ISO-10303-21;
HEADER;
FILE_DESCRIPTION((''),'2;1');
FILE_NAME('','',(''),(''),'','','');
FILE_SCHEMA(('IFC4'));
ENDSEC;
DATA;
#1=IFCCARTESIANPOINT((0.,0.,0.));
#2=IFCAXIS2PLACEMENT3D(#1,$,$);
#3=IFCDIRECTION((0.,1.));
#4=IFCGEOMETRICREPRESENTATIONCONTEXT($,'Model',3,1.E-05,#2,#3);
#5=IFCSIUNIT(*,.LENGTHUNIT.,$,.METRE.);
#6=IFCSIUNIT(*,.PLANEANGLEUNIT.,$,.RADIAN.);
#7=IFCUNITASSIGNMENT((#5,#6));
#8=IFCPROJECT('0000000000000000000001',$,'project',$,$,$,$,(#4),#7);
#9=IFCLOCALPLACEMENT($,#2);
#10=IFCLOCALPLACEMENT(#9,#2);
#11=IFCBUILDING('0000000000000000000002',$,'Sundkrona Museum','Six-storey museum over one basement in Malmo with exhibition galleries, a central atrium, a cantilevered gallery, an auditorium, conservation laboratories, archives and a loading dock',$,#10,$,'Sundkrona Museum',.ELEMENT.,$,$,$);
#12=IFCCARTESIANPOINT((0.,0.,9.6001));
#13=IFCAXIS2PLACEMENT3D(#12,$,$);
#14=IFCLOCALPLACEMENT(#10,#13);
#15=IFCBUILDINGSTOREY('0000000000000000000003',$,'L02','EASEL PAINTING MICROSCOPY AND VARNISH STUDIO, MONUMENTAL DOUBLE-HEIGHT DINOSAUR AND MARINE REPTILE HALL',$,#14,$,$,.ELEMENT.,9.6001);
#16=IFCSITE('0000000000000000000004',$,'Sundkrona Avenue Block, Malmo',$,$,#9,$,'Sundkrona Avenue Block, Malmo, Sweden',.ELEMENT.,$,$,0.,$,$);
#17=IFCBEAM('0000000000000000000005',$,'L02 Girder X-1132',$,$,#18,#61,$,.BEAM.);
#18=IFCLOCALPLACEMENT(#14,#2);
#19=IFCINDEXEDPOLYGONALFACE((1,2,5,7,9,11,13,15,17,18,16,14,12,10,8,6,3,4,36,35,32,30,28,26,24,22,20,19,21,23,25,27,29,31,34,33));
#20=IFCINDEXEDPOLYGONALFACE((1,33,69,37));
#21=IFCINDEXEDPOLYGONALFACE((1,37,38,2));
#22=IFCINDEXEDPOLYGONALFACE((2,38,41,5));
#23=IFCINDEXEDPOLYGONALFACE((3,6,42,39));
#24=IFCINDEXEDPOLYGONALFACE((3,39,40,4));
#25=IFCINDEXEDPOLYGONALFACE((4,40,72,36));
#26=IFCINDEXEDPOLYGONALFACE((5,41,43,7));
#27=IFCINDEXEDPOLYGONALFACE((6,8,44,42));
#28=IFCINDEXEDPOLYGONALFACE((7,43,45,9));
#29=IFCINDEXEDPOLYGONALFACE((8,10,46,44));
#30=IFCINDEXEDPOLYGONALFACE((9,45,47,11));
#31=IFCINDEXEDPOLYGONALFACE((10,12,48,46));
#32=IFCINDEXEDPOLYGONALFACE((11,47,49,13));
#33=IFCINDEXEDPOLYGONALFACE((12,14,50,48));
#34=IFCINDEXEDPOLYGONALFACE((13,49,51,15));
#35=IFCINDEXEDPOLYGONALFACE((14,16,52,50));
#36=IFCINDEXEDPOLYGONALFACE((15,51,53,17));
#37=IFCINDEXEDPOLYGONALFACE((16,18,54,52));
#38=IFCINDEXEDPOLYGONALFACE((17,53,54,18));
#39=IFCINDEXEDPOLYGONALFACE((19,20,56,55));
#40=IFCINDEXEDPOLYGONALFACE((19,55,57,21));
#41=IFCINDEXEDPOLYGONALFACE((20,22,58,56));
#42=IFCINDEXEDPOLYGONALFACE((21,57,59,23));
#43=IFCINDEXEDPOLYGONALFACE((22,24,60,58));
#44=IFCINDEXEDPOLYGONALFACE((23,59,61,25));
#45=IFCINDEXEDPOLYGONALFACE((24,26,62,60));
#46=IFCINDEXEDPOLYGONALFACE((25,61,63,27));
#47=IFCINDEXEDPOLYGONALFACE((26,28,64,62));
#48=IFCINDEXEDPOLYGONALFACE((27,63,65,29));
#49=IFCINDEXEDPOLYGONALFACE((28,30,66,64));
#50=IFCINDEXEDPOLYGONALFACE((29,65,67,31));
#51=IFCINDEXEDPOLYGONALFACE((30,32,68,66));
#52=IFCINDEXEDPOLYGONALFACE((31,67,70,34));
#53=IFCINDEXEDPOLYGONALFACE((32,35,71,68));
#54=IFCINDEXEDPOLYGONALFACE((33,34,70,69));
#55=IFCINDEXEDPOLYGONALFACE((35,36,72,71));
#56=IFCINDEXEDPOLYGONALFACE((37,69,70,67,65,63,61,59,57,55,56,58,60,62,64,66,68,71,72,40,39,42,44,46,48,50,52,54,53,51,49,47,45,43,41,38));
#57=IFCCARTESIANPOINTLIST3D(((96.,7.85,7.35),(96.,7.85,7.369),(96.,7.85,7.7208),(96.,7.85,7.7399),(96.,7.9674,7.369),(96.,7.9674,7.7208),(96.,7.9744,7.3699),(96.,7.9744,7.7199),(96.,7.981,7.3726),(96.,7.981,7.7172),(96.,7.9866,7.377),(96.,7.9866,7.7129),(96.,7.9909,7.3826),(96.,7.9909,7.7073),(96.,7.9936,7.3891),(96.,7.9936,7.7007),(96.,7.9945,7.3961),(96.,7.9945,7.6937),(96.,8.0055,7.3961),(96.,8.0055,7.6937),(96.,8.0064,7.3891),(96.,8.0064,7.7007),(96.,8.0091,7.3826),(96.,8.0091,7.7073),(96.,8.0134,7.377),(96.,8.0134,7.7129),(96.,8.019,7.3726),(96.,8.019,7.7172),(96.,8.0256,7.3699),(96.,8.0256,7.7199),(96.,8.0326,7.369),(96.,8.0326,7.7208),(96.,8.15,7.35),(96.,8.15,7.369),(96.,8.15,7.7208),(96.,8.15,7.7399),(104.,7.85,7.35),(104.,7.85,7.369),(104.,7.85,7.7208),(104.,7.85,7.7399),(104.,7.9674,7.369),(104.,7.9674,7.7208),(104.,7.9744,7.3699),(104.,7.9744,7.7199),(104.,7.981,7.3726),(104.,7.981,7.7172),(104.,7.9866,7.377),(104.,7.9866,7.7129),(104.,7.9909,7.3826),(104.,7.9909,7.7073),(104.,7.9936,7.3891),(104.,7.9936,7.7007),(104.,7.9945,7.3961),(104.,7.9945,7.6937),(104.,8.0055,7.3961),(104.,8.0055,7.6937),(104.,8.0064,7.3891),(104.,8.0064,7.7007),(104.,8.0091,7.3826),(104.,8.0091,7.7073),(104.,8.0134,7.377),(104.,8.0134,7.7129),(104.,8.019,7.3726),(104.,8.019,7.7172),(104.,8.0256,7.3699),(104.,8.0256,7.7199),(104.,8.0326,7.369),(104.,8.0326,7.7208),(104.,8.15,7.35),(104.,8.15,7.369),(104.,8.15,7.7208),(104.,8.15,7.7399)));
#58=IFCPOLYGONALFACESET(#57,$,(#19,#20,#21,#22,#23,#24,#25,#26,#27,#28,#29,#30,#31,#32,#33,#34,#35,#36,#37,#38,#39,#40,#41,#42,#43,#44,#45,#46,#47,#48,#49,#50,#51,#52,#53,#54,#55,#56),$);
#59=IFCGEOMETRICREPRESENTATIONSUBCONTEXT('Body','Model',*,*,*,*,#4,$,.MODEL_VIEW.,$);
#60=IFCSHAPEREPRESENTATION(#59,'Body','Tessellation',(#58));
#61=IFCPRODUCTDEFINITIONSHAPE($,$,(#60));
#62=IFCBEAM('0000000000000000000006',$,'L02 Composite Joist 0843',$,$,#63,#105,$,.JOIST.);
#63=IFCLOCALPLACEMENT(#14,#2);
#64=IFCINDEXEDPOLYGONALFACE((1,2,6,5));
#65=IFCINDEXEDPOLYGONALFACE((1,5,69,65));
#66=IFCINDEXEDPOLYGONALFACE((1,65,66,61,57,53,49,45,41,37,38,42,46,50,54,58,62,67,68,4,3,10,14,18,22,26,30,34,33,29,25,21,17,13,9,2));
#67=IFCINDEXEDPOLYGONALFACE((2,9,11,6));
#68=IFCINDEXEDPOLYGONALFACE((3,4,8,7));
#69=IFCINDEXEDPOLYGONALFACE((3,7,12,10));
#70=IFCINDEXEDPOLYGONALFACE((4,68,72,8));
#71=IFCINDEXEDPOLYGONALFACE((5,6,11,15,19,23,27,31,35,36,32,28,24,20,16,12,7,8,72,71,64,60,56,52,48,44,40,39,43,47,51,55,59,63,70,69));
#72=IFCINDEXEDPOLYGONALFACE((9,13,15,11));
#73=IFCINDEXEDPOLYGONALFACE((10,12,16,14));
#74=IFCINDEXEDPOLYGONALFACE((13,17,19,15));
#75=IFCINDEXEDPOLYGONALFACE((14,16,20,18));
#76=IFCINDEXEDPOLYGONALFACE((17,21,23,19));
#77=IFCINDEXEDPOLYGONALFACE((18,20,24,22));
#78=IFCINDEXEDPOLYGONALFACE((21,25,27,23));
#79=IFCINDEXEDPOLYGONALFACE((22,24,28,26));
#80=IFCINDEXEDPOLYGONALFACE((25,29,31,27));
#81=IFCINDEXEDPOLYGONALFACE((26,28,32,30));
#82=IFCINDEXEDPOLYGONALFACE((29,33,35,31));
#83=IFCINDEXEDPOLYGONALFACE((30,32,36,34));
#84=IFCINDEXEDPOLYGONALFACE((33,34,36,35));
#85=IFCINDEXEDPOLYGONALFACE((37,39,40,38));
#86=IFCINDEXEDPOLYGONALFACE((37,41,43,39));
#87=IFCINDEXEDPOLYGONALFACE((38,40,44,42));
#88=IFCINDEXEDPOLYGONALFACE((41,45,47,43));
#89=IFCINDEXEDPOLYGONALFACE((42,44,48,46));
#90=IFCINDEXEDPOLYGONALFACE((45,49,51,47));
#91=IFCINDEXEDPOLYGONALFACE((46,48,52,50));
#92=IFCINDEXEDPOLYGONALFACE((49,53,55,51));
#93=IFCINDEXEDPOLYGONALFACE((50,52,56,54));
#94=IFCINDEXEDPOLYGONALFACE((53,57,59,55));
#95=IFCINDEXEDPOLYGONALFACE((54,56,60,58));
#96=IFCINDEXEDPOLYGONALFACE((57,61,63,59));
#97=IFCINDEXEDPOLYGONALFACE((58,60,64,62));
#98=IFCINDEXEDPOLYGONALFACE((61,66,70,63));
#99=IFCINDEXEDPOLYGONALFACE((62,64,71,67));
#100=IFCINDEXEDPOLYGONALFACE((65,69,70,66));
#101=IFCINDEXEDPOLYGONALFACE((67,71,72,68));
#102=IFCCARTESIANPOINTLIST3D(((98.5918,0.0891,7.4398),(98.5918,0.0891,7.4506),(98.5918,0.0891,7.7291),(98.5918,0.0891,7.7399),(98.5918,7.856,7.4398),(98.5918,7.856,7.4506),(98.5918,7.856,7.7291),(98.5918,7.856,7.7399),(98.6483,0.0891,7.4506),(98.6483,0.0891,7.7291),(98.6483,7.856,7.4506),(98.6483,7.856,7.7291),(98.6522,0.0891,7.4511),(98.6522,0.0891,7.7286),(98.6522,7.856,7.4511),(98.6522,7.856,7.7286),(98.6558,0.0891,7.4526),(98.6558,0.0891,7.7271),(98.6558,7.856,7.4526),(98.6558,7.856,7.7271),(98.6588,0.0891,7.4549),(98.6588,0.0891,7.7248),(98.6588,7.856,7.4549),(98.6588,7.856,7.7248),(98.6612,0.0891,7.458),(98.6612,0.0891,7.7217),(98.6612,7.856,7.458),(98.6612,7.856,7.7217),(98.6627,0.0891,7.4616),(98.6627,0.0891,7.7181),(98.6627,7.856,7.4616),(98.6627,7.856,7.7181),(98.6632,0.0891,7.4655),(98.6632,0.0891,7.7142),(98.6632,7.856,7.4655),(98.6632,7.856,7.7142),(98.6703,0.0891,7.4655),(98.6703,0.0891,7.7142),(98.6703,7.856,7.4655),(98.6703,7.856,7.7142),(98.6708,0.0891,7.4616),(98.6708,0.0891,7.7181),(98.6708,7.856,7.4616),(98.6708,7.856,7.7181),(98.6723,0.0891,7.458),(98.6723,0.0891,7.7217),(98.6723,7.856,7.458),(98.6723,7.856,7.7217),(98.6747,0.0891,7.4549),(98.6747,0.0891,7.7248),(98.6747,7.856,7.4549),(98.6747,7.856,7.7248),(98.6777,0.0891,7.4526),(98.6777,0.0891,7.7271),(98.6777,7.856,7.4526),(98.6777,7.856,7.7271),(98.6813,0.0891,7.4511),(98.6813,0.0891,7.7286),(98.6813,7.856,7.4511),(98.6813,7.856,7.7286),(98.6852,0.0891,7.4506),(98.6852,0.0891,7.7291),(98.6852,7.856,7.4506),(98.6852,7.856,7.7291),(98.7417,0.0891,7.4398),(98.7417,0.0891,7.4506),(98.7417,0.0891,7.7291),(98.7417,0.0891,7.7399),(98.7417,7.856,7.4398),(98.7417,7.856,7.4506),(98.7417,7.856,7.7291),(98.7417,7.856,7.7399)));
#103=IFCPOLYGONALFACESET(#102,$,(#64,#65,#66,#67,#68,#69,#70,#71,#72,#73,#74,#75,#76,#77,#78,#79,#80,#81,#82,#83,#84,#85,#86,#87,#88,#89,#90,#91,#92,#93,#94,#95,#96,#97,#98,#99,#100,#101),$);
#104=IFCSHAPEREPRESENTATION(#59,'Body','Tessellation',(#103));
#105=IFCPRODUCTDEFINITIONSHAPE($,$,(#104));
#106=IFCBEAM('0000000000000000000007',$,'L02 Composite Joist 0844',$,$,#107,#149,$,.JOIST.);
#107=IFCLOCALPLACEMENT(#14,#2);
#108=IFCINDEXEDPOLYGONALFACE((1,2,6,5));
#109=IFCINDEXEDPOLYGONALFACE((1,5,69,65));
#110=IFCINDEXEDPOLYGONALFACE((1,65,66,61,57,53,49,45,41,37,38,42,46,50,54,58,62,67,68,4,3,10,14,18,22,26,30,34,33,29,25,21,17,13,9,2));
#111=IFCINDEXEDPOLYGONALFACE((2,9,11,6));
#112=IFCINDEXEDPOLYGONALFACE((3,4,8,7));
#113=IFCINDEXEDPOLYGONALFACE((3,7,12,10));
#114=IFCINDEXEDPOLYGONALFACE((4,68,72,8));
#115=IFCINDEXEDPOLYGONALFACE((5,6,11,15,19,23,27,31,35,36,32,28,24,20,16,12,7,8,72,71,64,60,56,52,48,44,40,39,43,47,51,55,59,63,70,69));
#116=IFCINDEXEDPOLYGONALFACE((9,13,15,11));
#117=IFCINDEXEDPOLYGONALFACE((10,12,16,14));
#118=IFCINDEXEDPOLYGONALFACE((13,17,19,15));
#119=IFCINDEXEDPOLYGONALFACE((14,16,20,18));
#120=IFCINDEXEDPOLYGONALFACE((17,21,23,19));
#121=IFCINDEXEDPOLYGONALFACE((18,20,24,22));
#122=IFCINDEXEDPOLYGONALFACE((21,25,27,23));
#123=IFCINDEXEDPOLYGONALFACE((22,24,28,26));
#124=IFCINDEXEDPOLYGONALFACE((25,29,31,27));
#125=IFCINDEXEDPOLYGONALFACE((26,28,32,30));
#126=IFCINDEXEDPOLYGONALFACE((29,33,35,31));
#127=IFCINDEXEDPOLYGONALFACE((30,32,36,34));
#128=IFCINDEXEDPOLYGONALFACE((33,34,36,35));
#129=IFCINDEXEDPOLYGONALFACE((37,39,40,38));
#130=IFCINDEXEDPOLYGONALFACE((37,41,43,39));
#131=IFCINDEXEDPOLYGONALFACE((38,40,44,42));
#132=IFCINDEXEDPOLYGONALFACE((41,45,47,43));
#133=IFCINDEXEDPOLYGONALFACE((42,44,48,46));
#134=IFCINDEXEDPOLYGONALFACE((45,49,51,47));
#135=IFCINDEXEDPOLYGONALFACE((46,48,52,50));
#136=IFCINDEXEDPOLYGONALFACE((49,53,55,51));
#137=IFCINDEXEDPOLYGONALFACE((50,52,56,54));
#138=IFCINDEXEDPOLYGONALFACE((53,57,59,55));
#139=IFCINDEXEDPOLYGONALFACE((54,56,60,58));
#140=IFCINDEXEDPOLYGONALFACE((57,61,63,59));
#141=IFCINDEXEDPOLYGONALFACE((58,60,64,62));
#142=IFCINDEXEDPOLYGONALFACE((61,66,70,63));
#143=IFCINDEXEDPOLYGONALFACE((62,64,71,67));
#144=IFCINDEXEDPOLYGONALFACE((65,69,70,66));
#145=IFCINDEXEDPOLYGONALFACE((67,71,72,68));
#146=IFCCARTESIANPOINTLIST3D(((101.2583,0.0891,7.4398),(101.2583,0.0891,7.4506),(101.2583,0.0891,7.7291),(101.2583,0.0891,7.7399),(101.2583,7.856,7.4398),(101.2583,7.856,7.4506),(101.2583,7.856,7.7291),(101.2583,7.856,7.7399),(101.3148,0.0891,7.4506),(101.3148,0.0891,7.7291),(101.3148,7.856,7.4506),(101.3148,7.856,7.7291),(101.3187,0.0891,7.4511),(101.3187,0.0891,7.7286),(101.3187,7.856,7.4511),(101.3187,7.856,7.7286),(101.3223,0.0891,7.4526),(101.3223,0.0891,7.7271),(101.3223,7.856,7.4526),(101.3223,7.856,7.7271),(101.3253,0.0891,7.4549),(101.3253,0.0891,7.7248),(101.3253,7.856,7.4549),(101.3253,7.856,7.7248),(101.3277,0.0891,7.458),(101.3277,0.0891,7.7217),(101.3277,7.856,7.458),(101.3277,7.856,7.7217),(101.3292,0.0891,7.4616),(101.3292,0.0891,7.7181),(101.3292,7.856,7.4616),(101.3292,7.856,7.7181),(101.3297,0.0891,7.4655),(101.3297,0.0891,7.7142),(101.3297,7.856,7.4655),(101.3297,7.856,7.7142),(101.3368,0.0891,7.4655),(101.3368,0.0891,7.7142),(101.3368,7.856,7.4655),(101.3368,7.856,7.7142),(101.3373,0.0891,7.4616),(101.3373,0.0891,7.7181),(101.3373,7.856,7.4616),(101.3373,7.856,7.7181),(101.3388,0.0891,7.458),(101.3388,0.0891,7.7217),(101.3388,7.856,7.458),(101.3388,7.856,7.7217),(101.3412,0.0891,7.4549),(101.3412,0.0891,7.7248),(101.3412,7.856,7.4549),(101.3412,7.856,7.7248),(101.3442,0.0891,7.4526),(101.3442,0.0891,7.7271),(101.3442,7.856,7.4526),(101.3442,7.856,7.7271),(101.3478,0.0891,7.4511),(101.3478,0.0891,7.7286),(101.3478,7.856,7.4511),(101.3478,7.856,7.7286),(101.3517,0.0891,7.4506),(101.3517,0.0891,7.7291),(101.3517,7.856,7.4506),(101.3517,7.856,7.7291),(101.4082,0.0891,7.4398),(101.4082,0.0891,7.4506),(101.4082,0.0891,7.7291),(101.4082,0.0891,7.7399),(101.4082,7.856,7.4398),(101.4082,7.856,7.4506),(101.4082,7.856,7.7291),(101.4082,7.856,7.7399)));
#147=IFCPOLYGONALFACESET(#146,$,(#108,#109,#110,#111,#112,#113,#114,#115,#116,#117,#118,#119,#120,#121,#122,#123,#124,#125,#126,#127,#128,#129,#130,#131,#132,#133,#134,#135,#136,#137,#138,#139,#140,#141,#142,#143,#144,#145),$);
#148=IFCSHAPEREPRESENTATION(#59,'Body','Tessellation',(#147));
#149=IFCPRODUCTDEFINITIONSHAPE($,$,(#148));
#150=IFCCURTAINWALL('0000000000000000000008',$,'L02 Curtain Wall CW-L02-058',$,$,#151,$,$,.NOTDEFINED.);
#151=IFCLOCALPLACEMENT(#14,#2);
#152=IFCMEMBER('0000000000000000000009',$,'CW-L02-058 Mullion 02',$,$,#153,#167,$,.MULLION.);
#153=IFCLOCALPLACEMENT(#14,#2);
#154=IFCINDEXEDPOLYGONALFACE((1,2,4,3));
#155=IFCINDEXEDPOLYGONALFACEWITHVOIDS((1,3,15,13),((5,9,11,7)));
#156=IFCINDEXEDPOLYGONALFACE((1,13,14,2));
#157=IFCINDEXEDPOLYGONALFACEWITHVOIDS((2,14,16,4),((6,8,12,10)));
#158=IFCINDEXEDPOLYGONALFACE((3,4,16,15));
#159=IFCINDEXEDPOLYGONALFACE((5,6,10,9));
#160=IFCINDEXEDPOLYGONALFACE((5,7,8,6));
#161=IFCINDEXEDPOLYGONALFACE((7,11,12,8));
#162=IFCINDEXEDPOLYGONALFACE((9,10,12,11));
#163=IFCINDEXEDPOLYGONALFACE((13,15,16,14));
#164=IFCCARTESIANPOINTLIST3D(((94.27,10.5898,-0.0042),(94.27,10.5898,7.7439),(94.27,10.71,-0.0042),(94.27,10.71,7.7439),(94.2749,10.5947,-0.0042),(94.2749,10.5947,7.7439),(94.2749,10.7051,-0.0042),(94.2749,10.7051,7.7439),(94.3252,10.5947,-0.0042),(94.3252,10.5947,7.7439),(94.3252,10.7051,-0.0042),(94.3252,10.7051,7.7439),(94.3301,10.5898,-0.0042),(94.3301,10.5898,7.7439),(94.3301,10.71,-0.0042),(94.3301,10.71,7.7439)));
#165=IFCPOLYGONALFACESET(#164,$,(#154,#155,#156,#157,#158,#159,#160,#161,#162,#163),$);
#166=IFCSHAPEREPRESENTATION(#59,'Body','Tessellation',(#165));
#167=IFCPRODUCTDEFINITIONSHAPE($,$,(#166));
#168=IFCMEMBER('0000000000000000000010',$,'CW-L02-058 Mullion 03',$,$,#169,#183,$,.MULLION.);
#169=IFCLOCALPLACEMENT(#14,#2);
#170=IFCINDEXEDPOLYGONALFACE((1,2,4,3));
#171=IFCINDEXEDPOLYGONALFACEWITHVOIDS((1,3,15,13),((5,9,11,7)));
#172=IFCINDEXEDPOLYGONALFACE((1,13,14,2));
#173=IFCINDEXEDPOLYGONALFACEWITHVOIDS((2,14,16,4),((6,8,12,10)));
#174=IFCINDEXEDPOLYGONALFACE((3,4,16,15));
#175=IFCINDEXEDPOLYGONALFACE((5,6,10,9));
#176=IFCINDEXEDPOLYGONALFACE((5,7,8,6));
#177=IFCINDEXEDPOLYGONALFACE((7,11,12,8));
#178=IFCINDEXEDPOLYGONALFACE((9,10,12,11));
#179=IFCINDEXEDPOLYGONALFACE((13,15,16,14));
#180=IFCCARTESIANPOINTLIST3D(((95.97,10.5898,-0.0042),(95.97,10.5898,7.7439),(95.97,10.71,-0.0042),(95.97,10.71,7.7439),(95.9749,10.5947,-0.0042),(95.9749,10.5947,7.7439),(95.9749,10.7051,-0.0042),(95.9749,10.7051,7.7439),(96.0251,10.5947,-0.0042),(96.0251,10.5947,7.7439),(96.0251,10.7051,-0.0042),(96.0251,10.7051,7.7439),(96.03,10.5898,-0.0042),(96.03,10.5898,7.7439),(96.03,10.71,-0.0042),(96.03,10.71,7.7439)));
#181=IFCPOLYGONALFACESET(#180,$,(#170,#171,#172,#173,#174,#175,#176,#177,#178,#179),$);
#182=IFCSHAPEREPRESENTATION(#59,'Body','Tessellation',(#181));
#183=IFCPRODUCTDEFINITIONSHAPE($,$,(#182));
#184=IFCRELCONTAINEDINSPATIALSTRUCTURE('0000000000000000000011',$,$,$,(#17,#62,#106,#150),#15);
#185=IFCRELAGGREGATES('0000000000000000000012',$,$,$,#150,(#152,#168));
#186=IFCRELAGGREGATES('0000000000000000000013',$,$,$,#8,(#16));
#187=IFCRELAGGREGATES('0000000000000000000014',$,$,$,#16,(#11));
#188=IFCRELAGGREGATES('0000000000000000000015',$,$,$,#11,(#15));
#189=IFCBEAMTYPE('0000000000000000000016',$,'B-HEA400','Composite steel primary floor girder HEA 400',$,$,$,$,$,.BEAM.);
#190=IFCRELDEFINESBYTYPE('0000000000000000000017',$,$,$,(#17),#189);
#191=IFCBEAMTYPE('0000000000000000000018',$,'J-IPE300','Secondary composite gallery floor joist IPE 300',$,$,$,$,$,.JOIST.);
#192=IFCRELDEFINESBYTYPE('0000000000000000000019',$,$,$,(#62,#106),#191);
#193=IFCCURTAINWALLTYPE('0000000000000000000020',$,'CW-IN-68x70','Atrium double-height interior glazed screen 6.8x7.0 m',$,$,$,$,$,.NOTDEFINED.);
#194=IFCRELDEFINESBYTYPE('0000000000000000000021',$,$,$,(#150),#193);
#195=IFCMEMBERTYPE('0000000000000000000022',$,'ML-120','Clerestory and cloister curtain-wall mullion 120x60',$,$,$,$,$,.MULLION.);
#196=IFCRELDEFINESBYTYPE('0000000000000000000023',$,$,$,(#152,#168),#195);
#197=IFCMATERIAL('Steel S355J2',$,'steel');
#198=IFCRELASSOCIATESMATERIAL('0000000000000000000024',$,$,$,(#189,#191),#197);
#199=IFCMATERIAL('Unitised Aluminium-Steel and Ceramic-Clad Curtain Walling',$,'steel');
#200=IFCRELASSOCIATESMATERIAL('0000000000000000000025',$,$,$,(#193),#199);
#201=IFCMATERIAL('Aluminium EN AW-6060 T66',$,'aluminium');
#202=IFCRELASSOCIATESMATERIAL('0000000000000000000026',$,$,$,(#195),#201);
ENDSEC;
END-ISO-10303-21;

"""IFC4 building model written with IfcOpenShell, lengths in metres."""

from ifc_helpers import new_model, si_unit, direction, frame, origin, origin_2d, place, context, subcontext, project, spatial, hollow_rectangle, i_section, extrude, material, material_profile, profile_set, type_object, element, aggregate, save


model = new_model("IFC4")

# Units and contexts
model_context = context("Model", 3, precision=1e-05, world=origin(), true_north=direction((0.0, 1.0)))
body_context = subcontext(model_context, "Body", "Model", "MODEL_VIEW")
ifc_project = project(units=[si_unit("LENGTHUNIT", "METRE"), si_unit("PLANEANGLEUNIT", "RADIAN")], contexts=[model_context])

# Site, building, storey
site_placement = place(None, origin())
site = spatial("IfcSite", under=ifc_project, at=site_placement, Name="Sundkrona Avenue Block, Malmo", LongName="Sundkrona Avenue Block, Malmo, Sweden", CompositionType="ELEMENT", RefElevation=0.0)
building_placement = place(site_placement, origin())
building = spatial("IfcBuilding", under=site, at=building_placement, Name="Sundkrona Museum", Description="Six-storey museum over one basement in Malmo with exhibition galleries, a central atrium, a cantilevered gallery, an auditorium, conservation laboratories, archives and a loading dock", LongName="Sundkrona Museum", CompositionType="ELEMENT")
storey_placement = place(building_placement, frame((0.0, 0.0, 9.6001)))
storey = spatial("IfcBuildingStorey", under=building, at=storey_placement, Name="L02", Description="EASEL PAINTING MICROSCOPY AND VARNISH STUDIO, MONUMENTAL DOUBLE-HEIGHT DINOSAUR AND MARINE REPTILE HALL", CompositionType="ELEMENT", Elevation=9.6001)

# Shared definitions
ifc_material_1 = material(Name="Steel S355J2", Category="steel")

# Beams
ifc_material_profile_1 = material_profile(ifc_material_1, i_section(OverallWidth=0.3, OverallDepth=0.3899, WebThickness=0.011, FlangeThickness=0.019, FilletRadius=0.0271, at=origin_2d()), Name="HEA 400")
ifc_profile_set_1 = profile_set([ifc_material_profile_1], Name="Steel S355J2")
beam_type_1 = type_object("IfcBeamType", Name="B-HEA400", Description="Composite steel primary floor girder HEA 400", PredefinedType="BEAM", material=ifc_profile_set_1)
beam_placement = place(storey_placement, frame((96.0, 8.0, 7.5449), z_axis=(1.0, 0.0, 0.0), x_axis=(0.0, 1.0, 0.0)))
element("IfcBeam", 1, at=beam_placement, inside=storey, type_object=beam_type_1, Name="L02 Girder X-1132", PredefinedType="BEAM", context=body_context, shape_type="SweptSolid", body=[
    extrude(i_section(OverallWidth=0.3, OverallDepth=0.3899, WebThickness=0.011, FlangeThickness=0.019, FilletRadius=0.0271, at=origin_2d()), origin(), (0.0, 0.0, 1.0), 8.0),
])
ifc_material_profile_2 = material_profile(ifc_material_1, i_section(OverallWidth=0.1499, OverallDepth=0.3, WebThickness=0.0071, FlangeThickness=0.0107, FilletRadius=0.0149, at=origin_2d()), Name="IPE 300")
ifc_profile_set_2 = profile_set([ifc_material_profile_2], Name="Steel S355J2")
beam_type_2 = type_object("IfcBeamType", Name="J-IPE300", Description="Secondary composite gallery floor joist IPE 300", PredefinedType="JOIST", material=ifc_profile_set_2)
for number, where, z_axis, x_axis, name in (
    (2, (98.6667, 0.0891, 7.5898), (0.0, 1.0, 0.0), (-1.0, 0.0, 0.0), "L02 Composite Joist 0843"),
    (3, (101.3333, 0.0891, 7.5898), (0.0, 1.0, 0.0), (-1.0, 0.0, 0.0), "L02 Composite Joist 0844"),
):
    element("IfcBeam", number, at=place(storey_placement, frame(where, z_axis=z_axis, x_axis=x_axis)), inside=storey, type_object=beam_type_2, Name=name, PredefinedType="JOIST", context=body_context, shape_type="SweptSolid", body=[
        extrude(i_section(OverallWidth=0.1499, OverallDepth=0.3, WebThickness=0.0071, FlangeThickness=0.0107, FilletRadius=0.0149, at=origin_2d()), origin(), (0.0, 0.0, 1.0), 7.7668),
    ])

# Curtain wall, members
ifc_material_2 = material(Name="Unitised Aluminium-Steel and Ceramic-Clad Curtain Walling", Category="steel")
curtain_wall_type_1 = type_object("IfcCurtainWallType", Name="CW-IN-68x70", Description="Atrium double-height interior glazed screen 6.8x7.0 m", PredefinedType="NOTDEFINED", material=ifc_material_2)
curtain_wall_1_placement = place(storey_placement, origin())
curtain_wall_1 = element("IfcCurtainWall", 4, at=curtain_wall_1_placement, inside=storey, type_object=curtain_wall_type_1, Name="L02 Curtain Wall CW-L02-058", PredefinedType="NOTDEFINED")
ifc_material_3 = material(Name="Aluminium EN AW-6060 T66", Category="aluminium")
ifc_material_profile_3 = material_profile(ifc_material_3, hollow_rectangle(XDim=0.0601, YDim=0.1201, WallThickness=0.0049, at=origin_2d()), Name="RHS 120x60x5.0")
ifc_profile_set_3 = profile_set([ifc_material_profile_3], Name="Aluminium EN AW-6060 T66")
member_type_1 = type_object("IfcMemberType", Name="ML-120", Description="Clerestory and cloister curtain-wall mullion 120x60", PredefinedType="MULLION", material=ifc_profile_set_3)
member_1_placement = place(storey_placement, frame((94.3, 10.6499, -0.0042), z_axis=(0.0, 0.0, 1.0), x_axis=(1.0, 0.0, 0.0)))
member_1 = element("IfcMember", 5, at=member_1_placement, type_object=member_type_1, Name="CW-L02-058 Mullion 02", PredefinedType="MULLION", context=body_context, shape_type="SweptSolid", body=[
    extrude(hollow_rectangle(XDim=0.0601, YDim=0.1201, WallThickness=0.0049, at=origin_2d()), origin(), (0.0, 0.0, 1.0), 7.748),
])
member_2_placement = place(storey_placement, frame((96.0, 10.6499, -0.0042), z_axis=(0.0, 0.0, 1.0), x_axis=(1.0, 0.0, 0.0)))
member_2 = element("IfcMember", 6, at=member_2_placement, type_object=member_type_1, Name="CW-L02-058 Mullion 03", PredefinedType="MULLION", context=body_context, shape_type="SweptSolid", body=[
    extrude(hollow_rectangle(XDim=0.0601, YDim=0.1201, WallThickness=0.0049, at=origin_2d()), origin(), (0.0, 0.0, 1.0), 7.748),
])

aggregate(curtain_wall_1, [member_1, member_2])

save(model, "model.ifc")
